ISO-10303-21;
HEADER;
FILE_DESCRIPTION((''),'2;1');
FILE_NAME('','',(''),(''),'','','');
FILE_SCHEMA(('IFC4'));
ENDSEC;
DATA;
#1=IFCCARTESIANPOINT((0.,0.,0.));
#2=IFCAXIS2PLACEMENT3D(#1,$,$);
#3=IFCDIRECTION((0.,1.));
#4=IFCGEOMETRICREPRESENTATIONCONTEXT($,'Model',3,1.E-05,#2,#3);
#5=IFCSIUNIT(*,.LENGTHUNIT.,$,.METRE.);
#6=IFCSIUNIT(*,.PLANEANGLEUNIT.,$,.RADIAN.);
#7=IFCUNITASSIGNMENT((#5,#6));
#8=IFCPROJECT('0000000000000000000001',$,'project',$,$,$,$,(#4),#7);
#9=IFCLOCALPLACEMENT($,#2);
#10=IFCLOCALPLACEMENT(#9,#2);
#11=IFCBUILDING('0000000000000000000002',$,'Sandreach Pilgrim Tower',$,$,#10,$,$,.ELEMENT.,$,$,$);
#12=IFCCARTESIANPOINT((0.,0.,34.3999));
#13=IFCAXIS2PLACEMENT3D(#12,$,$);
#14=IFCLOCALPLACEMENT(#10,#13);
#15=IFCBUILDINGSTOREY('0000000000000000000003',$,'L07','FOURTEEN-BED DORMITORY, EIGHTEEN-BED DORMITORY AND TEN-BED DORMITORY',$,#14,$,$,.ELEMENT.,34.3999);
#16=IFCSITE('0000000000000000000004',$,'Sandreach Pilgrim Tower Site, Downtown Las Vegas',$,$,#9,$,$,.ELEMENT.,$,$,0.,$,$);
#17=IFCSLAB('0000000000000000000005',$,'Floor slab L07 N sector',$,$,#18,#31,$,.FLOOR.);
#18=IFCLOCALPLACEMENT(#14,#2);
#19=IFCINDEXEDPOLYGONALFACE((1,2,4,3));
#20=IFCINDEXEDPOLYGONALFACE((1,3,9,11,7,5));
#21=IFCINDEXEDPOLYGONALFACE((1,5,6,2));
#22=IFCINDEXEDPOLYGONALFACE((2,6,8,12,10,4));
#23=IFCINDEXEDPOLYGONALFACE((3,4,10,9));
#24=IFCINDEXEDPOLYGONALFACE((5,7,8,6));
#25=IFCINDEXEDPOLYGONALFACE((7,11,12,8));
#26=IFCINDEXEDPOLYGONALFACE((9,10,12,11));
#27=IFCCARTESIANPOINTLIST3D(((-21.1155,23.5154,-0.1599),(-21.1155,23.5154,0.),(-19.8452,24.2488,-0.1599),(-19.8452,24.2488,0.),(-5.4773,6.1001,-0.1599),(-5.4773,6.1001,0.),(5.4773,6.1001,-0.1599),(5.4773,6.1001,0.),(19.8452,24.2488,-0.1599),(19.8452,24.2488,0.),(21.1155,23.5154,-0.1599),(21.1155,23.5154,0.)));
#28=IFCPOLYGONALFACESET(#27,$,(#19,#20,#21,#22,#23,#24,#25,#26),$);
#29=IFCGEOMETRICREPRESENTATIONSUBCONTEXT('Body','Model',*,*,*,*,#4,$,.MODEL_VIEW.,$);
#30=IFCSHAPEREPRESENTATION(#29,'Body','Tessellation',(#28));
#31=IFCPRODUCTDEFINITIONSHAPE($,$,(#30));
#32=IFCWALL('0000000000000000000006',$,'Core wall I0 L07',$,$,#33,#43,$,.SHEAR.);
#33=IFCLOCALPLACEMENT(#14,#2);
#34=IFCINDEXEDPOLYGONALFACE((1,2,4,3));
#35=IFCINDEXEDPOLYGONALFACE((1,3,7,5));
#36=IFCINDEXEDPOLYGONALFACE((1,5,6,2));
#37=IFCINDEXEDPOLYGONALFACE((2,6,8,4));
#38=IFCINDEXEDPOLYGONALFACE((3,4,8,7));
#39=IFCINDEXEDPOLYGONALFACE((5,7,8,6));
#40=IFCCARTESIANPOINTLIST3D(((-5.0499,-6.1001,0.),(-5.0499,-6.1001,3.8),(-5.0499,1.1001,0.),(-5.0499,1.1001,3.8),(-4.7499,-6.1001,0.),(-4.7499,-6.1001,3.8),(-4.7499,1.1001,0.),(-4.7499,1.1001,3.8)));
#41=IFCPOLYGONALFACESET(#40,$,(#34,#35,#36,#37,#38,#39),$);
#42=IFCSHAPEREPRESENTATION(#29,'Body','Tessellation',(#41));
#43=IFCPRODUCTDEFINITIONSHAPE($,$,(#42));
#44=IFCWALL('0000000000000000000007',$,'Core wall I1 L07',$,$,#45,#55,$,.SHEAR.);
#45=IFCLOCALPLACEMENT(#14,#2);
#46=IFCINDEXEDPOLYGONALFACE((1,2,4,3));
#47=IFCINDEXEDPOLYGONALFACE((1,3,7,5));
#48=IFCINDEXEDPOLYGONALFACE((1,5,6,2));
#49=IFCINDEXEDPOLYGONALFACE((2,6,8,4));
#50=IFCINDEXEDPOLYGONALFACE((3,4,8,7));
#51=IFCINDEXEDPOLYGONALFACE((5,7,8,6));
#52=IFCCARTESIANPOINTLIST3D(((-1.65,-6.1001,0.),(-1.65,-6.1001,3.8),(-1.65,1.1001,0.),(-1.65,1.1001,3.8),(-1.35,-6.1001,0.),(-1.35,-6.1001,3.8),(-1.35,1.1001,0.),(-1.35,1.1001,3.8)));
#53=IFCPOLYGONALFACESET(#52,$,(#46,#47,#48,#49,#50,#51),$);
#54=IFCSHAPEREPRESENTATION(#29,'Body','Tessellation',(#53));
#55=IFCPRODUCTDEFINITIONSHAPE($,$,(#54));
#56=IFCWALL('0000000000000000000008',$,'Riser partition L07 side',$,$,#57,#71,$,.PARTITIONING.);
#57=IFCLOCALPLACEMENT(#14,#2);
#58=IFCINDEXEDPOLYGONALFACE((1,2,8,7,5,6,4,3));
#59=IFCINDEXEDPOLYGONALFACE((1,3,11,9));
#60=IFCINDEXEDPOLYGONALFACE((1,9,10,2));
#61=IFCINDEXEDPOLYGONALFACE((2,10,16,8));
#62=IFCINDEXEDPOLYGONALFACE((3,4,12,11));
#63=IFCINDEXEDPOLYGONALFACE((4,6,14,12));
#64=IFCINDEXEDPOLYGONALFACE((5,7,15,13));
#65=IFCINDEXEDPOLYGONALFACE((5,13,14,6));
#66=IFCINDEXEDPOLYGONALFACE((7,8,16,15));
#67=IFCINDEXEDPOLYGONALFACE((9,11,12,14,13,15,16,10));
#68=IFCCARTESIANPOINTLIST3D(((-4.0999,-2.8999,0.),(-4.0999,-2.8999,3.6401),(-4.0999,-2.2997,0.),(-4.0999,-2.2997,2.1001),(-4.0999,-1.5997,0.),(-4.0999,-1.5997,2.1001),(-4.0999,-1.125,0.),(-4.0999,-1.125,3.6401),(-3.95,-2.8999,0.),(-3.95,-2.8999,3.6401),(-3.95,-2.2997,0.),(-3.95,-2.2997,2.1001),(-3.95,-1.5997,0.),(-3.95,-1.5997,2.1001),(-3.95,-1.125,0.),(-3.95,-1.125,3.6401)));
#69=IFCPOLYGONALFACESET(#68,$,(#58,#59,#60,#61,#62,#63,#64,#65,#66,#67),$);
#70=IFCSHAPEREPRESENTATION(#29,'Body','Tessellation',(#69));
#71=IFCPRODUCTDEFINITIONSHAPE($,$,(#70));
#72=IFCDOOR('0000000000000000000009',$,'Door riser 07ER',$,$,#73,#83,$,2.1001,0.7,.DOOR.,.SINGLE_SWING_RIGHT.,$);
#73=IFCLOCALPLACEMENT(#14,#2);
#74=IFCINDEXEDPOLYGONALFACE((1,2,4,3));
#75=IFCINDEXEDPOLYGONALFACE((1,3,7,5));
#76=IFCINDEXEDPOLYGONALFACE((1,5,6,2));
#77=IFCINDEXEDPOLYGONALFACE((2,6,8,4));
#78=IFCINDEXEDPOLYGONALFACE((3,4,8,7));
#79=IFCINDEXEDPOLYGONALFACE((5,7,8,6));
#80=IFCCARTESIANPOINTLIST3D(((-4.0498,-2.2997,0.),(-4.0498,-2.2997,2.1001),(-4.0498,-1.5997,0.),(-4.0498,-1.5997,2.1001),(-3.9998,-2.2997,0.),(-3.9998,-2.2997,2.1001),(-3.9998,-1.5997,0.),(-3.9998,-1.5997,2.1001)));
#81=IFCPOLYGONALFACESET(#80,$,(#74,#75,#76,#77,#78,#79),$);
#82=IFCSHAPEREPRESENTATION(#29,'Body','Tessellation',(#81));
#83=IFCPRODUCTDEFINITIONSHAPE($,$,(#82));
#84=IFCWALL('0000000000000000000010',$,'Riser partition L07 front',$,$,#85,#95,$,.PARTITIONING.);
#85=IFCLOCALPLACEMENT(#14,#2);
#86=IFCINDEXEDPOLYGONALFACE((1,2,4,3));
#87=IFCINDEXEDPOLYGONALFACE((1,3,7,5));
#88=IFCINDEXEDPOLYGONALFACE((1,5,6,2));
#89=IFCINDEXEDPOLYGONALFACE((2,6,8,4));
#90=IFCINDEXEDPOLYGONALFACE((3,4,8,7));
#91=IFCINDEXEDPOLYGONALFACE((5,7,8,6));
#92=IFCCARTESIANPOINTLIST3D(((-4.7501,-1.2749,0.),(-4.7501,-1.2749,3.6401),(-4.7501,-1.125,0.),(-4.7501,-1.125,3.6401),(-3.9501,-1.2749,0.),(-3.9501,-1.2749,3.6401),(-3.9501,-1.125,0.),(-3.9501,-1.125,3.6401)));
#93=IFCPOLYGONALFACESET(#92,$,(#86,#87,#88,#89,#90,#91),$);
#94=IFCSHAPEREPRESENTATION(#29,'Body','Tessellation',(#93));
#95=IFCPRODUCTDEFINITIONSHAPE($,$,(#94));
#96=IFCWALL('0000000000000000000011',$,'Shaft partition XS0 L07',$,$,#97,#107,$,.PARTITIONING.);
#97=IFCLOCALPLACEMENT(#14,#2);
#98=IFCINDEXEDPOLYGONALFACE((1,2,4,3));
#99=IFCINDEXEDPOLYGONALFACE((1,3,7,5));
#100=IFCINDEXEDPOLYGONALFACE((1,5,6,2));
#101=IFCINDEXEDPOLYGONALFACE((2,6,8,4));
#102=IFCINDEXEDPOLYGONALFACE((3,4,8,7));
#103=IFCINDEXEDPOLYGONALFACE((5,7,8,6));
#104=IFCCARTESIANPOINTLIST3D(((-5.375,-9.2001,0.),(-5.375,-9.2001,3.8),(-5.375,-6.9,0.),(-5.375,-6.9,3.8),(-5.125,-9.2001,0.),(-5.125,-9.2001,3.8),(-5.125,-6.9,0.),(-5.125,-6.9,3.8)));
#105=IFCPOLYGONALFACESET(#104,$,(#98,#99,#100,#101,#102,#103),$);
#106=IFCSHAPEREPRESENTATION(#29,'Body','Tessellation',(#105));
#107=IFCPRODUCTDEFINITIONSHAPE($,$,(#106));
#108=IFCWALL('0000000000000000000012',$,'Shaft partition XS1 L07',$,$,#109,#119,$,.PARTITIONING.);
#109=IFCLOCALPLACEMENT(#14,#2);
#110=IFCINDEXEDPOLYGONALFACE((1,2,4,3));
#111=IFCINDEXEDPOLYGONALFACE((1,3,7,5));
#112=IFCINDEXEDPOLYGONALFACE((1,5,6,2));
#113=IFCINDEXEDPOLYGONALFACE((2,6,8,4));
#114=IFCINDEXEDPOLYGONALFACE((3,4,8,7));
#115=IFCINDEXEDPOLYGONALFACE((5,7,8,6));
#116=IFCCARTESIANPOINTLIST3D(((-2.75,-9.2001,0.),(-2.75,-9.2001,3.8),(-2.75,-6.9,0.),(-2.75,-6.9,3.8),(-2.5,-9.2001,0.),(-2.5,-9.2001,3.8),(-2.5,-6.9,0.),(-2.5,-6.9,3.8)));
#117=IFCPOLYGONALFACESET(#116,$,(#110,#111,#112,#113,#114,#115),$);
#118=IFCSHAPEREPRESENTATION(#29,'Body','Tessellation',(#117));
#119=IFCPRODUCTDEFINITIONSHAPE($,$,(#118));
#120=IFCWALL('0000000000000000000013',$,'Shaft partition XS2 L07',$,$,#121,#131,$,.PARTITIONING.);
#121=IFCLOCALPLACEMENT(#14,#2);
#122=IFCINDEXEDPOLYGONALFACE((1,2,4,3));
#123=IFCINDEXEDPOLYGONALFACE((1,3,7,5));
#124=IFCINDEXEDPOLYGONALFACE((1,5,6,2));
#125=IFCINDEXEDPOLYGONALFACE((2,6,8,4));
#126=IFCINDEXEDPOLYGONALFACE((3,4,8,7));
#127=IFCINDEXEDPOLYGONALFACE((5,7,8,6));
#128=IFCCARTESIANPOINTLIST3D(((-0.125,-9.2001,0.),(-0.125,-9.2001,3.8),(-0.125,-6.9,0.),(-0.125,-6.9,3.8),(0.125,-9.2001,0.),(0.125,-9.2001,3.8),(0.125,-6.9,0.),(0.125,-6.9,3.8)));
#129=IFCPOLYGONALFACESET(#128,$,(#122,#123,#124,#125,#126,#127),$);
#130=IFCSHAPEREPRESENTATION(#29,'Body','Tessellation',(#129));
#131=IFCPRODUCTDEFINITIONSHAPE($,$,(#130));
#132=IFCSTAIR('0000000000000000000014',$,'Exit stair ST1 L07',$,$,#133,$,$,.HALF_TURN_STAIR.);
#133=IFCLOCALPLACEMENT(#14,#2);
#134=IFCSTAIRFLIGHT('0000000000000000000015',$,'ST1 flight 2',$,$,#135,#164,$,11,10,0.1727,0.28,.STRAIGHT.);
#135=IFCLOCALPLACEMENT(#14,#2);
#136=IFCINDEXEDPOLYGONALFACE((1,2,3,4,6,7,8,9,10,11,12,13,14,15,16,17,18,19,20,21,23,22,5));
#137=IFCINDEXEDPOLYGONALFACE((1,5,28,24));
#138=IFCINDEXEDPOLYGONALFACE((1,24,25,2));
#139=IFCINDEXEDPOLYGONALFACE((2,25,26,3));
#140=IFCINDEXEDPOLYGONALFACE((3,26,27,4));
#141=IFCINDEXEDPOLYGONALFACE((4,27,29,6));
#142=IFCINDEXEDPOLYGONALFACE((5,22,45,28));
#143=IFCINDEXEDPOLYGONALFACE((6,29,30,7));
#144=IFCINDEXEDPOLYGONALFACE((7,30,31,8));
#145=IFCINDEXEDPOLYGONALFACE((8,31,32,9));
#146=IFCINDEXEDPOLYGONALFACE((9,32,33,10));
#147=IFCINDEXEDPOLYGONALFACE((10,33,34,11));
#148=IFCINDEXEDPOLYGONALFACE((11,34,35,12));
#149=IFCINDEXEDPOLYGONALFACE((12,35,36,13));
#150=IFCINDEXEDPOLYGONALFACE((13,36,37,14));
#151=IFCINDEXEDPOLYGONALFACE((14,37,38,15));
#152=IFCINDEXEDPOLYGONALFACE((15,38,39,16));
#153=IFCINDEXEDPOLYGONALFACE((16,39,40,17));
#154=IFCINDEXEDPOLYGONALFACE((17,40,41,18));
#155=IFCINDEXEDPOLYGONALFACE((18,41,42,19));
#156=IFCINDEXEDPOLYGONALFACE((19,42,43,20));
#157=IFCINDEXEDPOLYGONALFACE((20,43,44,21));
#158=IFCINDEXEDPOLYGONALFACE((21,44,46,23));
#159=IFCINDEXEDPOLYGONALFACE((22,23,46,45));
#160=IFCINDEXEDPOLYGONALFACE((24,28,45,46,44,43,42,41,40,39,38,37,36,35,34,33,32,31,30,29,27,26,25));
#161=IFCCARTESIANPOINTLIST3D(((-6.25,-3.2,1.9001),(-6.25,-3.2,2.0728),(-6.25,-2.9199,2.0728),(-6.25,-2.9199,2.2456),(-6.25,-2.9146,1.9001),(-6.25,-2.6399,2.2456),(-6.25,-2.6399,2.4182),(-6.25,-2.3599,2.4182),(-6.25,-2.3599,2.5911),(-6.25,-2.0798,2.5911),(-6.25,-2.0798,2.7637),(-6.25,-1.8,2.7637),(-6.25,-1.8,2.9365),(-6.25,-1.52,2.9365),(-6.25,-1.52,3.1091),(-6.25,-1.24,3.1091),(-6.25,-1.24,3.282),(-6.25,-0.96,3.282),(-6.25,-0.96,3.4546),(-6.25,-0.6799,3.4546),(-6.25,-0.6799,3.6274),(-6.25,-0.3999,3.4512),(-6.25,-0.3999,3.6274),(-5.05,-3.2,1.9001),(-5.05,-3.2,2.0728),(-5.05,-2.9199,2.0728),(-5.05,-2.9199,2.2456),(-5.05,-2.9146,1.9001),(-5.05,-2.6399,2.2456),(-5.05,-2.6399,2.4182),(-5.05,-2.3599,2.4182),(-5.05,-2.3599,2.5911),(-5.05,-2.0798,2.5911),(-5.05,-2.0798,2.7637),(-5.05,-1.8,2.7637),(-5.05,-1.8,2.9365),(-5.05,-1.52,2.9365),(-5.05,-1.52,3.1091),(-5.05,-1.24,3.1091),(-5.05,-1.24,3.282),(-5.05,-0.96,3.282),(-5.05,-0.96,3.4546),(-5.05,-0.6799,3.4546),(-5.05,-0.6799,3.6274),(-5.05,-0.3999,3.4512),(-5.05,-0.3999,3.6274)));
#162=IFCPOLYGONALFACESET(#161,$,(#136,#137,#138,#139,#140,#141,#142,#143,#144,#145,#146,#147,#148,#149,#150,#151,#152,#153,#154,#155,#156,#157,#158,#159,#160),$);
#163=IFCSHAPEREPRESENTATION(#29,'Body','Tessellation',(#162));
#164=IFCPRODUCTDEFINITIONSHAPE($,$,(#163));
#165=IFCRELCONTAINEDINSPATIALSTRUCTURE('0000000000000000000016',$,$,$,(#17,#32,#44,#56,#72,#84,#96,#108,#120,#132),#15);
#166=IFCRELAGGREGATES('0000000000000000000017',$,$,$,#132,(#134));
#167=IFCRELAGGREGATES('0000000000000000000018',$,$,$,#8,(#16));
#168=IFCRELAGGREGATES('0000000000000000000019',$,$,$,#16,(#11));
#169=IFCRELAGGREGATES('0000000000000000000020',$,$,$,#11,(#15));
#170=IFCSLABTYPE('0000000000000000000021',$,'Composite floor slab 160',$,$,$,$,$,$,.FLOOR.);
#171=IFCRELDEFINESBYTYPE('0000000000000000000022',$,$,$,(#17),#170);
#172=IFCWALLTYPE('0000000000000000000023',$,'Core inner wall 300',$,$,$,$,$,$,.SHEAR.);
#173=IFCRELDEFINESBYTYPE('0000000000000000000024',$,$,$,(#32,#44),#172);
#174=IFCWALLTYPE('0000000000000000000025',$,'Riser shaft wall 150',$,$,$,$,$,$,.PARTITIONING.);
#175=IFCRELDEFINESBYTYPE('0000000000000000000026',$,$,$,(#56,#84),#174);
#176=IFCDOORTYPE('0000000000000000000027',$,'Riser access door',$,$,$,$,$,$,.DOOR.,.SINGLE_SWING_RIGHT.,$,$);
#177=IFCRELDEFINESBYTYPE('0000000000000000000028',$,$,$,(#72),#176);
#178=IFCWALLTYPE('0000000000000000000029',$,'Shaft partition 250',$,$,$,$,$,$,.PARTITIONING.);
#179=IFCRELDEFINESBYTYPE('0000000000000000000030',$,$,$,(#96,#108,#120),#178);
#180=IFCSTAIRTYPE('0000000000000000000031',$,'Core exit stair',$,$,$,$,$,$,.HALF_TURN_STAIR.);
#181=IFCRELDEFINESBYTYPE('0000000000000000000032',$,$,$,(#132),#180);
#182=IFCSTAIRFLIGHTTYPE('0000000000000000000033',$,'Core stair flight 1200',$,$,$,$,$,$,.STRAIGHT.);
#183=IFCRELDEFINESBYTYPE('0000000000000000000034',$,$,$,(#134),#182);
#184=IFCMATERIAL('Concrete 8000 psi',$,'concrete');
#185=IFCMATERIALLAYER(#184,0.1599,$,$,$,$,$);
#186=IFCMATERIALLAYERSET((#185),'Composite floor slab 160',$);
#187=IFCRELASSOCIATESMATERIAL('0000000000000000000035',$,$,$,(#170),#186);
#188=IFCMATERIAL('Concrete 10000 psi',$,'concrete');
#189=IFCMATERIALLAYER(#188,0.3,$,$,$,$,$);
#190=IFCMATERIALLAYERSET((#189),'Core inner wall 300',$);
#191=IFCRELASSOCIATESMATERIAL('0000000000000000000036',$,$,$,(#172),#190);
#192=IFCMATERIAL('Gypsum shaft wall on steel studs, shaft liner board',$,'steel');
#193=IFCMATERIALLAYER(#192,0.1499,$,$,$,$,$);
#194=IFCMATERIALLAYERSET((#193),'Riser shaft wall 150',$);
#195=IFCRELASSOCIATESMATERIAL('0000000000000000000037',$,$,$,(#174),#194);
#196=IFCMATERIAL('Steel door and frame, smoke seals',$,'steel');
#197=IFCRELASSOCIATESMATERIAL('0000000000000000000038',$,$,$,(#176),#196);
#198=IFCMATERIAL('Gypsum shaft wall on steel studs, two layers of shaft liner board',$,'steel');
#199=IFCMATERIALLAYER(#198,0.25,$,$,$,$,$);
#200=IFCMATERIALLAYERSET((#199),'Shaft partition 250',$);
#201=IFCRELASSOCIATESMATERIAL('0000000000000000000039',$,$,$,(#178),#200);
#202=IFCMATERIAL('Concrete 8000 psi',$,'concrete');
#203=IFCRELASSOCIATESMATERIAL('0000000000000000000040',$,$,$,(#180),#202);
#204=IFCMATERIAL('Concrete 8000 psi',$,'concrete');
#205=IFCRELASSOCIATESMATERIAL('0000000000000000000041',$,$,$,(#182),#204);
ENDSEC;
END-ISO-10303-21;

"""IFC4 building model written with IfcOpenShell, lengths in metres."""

from ifc_helpers import new_model, si_unit, direction, frame, frame_2d, origin, place, context, subcontext, project, spatial, polyline, rectangle, outline, extrude, material, layer, layer_set, type_object, element, fill, aggregate, save


model = new_model("IFC4")

# Units and contexts
model_context = context("Model", 3, precision=1e-05, world=origin(), true_north=direction((0.0, 1.0)))
body_context = subcontext(model_context, "Body", "Model", "MODEL_VIEW")
ifc_project = project(units=[si_unit("LENGTHUNIT", "METRE"), si_unit("PLANEANGLEUNIT", "RADIAN")], contexts=[model_context])

# Site, building, storey
site_placement = place(None, origin())
site = spatial("IfcSite", under=ifc_project, at=site_placement, Name="Sandreach Pilgrim Tower Site, Downtown Las Vegas", CompositionType="ELEMENT", RefElevation=0.0)
building_placement = place(site_placement, origin())
building = spatial("IfcBuilding", under=site, at=building_placement, Name="Sandreach Pilgrim Tower", CompositionType="ELEMENT")
storey_placement = place(building_placement, frame((0.0, 0.0, 34.3999)))
storey = spatial("IfcBuildingStorey", under=building, at=storey_placement, Name="L07", Description="FOURTEEN-BED DORMITORY, EIGHTEEN-BED DORMITORY AND TEN-BED DORMITORY", CompositionType="ELEMENT", Elevation=34.3999)

# Slab
ifc_material_1 = material(Name="Concrete 8000 psi", Category="concrete")
ifc_layer_1 = layer(ifc_material_1, 0.1599)
ifc_layer_set_1 = layer_set([ifc_layer_1], Name="Composite floor slab 160")
slab_type = type_object("IfcSlabType", Name="Composite floor slab 160", PredefinedType="FLOOR", material=ifc_layer_set_1)
slab_placement = place(storey_placement, frame((0.0, 0.0, -0.1599)))
element("IfcSlab", 1, at=slab_placement, inside=storey, type_object=slab_type, Name="Floor slab L07 N sector", PredefinedType="FLOOR", context=body_context, shape_type="SweptSolid", body=[
    extrude(outline(polyline([(-19.8452, 24.2488), (19.8452, 24.2488), (21.1155, 23.5154), (5.4773, 6.1001), (-5.4773, 6.1001), (-21.1155, 23.5154), (-19.8452, 24.2488)])), origin(), (0.0, 0.0, 1.0), 0.1599),
])

# Walls
ifc_material_2 = material(Name="Concrete 10000 psi", Category="concrete")
ifc_layer_2 = layer(ifc_material_2, 0.3)
ifc_layer_set_2 = layer_set([ifc_layer_2], Name="Core inner wall 300")
wall_type_1 = type_object("IfcWallType", Name="Core inner wall 300", PredefinedType="SHEAR", material=ifc_layer_set_2)
for number, where, z_axis, x_axis, name in (
    (2, (-4.8999, -6.1001, 0.0), (0.0, 0.0, 1.0), (0.0, 1.0, 0.0), "Core wall I0 L07"),
    (3, (-1.5, -6.1001, 0.0), (0.0, 0.0, 1.0), (0.0, 1.0, 0.0), "Core wall I1 L07"),
):
    element("IfcWall", number, at=place(storey_placement, frame(where, z_axis=z_axis, x_axis=x_axis)), inside=storey, type_object=wall_type_1, Name=name, PredefinedType="SHEAR", context=body_context, shape_type="SweptSolid", body=[
        extrude(rectangle(XDim=7.2002, YDim=0.3, at=frame_2d((3.6001, 0.0))), origin(), (0.0, 0.0, 1.0), 3.8),
    ])

# Wall, opening, door
ifc_material_3 = material(Name="Gypsum shaft wall on steel studs, shaft liner board", Category="steel")
ifc_layer_3 = layer(ifc_material_3, 0.1499)
ifc_layer_set_3 = layer_set([ifc_layer_3], Name="Riser shaft wall 150")
wall_type_2 = type_object("IfcWallType", Name="Riser shaft wall 150", PredefinedType="PARTITIONING", material=ifc_layer_set_3)
wall_1_placement = place(storey_placement, frame((-4.0249, -2.8999, 0.0), z_axis=(0.0, 0.0, 1.0), x_axis=(0.0, 1.0, 0.0)))
wall_1 = element("IfcWall", 4, at=wall_1_placement, inside=storey, type_object=wall_type_2, Name="Riser partition L07 side", PredefinedType="PARTITIONING", context=body_context, shape_type="SweptSolid", body=[
    extrude(rectangle(XDim=1.7749, YDim=0.1499, at=frame_2d((0.8875, 0.0))), origin(), (0.0, 0.0, 1.0), 3.6401),
])
opening_1_placement = place(wall_1_placement, frame((0.6001, 0.0, 0.0)))
opening_1 = element("IfcOpeningElement", 5, at=opening_1_placement, cuts=wall_1, PredefinedType="OPENING", context=body_context, shape_type="SweptSolid", body=[
    extrude(rectangle(XDim=0.7, YDim=2.1001, at=frame_2d((0.3501, 1.05))), frame((0.0, 0.075, 0.0), z_axis=(0.0, -1.0, 0.0), x_axis=(1.0, 0.0, 0.0)), (0.0, 0.0, 1.0), 0.1499),
])
ifc_material_4 = material(Name="Steel door and frame, smoke seals", Category="steel")
door_type_1 = type_object("IfcDoorType", Name="Riser access door", OperationType="SINGLE_SWING_RIGHT", PredefinedType="DOOR", material=ifc_material_4)
door_1_placement = place(opening_1_placement, origin())
door_1 = element("IfcDoor", 6, at=door_1_placement, inside=storey, type_object=door_type_1, Name="Door riser 07ER", OperationType="SINGLE_SWING_RIGHT", OverallHeight=2.1001, OverallWidth=0.7, PredefinedType="DOOR", context=body_context, shape_type="SweptSolid", body=[
    extrude(rectangle(XDim=0.7, YDim=2.1001, at=frame_2d((0.3501, 1.05))), frame((0.0, 0.0249, 0.0), z_axis=(0.0, -1.0, 0.0), x_axis=(1.0, 0.0, 0.0)), (0.0, 0.0, 1.0), 0.05),
])
fill(opening_1, door_1)

# Walls
wall_2_placement = place(storey_placement, frame((-4.75, -1.2, 0.0), z_axis=(0.0, 0.0, 1.0), x_axis=(1.0, 0.0, 0.0)))
element("IfcWall", 7, at=wall_2_placement, inside=storey, type_object=wall_type_2, Name="Riser partition L07 front", PredefinedType="PARTITIONING", context=body_context, shape_type="SweptSolid", body=[
    extrude(rectangle(XDim=0.8, YDim=0.1499, at=frame_2d((0.3999, 0.0))), origin(), (0.0, 0.0, 1.0), 3.6401),
])
ifc_material_5 = material(Name="Gypsum shaft wall on steel studs, two layers of shaft liner board", Category="steel")
ifc_layer_4 = layer(ifc_material_5, 0.25)
ifc_layer_set_4 = layer_set([ifc_layer_4], Name="Shaft partition 250")
wall_type_3 = type_object("IfcWallType", Name="Shaft partition 250", PredefinedType="PARTITIONING", material=ifc_layer_set_4)
for number, where, z_axis, x_axis, name in (
    (8, (-5.25, -9.2, 0.0), (0.0, 0.0, 1.0), (0.0, 1.0, 0.0), "Shaft partition XS0 L07"),
    (9, (-2.625, -9.2, 0.0), (0.0, 0.0, 1.0), (0.0, 1.0, 0.0), "Shaft partition XS1 L07"),
    (10, (0.0, -9.2, 0.0), (0.0, 0.0, 1.0), (0.0, 1.0, 0.0), "Shaft partition XS2 L07"),
):
    element("IfcWall", number, at=place(storey_placement, frame(where, z_axis=z_axis, x_axis=x_axis)), inside=storey, type_object=wall_type_3, Name=name, PredefinedType="PARTITIONING", context=body_context, shape_type="SweptSolid", body=[
        extrude(rectangle(XDim=2.3, YDim=0.25, at=frame_2d((1.1499, 0.0))), origin(), (0.0, 0.0, 1.0), 3.8),
    ])

# Stair, stair flight
ifc_material_6 = material(Name="Concrete 8000 psi", Category="concrete")
stair_type = type_object("IfcStairType", Name="Core exit stair", PredefinedType="HALF_TURN_STAIR", material=ifc_material_6)
stair_1_placement = place(storey_placement, origin())
stair_1 = element("IfcStair", 11, at=stair_1_placement, inside=storey, type_object=stair_type, Name="Exit stair ST1 L07", PredefinedType="HALF_TURN_STAIR")
ifc_material_7 = material(Name="Concrete 8000 psi", Category="concrete")
stair_flight_type = type_object("IfcStairFlightType", Name="Core stair flight 1200", PredefinedType="STRAIGHT", material=ifc_material_7)
stair_flight_1_placement = place(storey_placement, frame((-5.6499, -3.2, 1.9001), z_axis=(0.0, 0.0, 1.0), x_axis=(0.0, 1.0, 0.0)))
stair_flight_1 = element("IfcStairFlight", 12, at=stair_flight_1_placement, type_object=stair_flight_type, Name="ST1 flight 2", NumberOfRisers=11, NumberOfTreads=10, PredefinedType="STRAIGHT", RiserHeight=0.1727, TreadLength=0.28, context=body_context, shape_type="SweptSolid", body=[
    extrude(outline(polyline([(0.0, 0.0), (0.0, 0.1726), (0.28, 0.1726), (0.28, 0.3455), (0.5601, 0.3455), (0.5601, 0.5181), (0.8401, 0.5181), (0.8401, 0.6909), (1.1201, 0.6909), (1.1201, 0.8635), (1.3999, 0.8635), (1.3999, 1.0364), (1.6799, 1.0364), (1.6799, 1.209), (1.96, 1.209), (1.96, 1.3818), (2.24, 1.3818), (2.24, 1.5544), (2.52, 1.5544), (2.52, 1.7273), (2.8, 1.7273), (2.8, 1.8999), (2.8, 1.551), (0.2854, 0.0), (0.0, 0.0)])), frame((0.0, 0.6001, 0.0), z_axis=(0.0, -1.0, 0.0), x_axis=(1.0, 0.0, 0.0)), (0.0, 0.0, 1.0), 1.2),
])
aggregate(stair_1, [stair_flight_1])

save(model, "model.ifc")
